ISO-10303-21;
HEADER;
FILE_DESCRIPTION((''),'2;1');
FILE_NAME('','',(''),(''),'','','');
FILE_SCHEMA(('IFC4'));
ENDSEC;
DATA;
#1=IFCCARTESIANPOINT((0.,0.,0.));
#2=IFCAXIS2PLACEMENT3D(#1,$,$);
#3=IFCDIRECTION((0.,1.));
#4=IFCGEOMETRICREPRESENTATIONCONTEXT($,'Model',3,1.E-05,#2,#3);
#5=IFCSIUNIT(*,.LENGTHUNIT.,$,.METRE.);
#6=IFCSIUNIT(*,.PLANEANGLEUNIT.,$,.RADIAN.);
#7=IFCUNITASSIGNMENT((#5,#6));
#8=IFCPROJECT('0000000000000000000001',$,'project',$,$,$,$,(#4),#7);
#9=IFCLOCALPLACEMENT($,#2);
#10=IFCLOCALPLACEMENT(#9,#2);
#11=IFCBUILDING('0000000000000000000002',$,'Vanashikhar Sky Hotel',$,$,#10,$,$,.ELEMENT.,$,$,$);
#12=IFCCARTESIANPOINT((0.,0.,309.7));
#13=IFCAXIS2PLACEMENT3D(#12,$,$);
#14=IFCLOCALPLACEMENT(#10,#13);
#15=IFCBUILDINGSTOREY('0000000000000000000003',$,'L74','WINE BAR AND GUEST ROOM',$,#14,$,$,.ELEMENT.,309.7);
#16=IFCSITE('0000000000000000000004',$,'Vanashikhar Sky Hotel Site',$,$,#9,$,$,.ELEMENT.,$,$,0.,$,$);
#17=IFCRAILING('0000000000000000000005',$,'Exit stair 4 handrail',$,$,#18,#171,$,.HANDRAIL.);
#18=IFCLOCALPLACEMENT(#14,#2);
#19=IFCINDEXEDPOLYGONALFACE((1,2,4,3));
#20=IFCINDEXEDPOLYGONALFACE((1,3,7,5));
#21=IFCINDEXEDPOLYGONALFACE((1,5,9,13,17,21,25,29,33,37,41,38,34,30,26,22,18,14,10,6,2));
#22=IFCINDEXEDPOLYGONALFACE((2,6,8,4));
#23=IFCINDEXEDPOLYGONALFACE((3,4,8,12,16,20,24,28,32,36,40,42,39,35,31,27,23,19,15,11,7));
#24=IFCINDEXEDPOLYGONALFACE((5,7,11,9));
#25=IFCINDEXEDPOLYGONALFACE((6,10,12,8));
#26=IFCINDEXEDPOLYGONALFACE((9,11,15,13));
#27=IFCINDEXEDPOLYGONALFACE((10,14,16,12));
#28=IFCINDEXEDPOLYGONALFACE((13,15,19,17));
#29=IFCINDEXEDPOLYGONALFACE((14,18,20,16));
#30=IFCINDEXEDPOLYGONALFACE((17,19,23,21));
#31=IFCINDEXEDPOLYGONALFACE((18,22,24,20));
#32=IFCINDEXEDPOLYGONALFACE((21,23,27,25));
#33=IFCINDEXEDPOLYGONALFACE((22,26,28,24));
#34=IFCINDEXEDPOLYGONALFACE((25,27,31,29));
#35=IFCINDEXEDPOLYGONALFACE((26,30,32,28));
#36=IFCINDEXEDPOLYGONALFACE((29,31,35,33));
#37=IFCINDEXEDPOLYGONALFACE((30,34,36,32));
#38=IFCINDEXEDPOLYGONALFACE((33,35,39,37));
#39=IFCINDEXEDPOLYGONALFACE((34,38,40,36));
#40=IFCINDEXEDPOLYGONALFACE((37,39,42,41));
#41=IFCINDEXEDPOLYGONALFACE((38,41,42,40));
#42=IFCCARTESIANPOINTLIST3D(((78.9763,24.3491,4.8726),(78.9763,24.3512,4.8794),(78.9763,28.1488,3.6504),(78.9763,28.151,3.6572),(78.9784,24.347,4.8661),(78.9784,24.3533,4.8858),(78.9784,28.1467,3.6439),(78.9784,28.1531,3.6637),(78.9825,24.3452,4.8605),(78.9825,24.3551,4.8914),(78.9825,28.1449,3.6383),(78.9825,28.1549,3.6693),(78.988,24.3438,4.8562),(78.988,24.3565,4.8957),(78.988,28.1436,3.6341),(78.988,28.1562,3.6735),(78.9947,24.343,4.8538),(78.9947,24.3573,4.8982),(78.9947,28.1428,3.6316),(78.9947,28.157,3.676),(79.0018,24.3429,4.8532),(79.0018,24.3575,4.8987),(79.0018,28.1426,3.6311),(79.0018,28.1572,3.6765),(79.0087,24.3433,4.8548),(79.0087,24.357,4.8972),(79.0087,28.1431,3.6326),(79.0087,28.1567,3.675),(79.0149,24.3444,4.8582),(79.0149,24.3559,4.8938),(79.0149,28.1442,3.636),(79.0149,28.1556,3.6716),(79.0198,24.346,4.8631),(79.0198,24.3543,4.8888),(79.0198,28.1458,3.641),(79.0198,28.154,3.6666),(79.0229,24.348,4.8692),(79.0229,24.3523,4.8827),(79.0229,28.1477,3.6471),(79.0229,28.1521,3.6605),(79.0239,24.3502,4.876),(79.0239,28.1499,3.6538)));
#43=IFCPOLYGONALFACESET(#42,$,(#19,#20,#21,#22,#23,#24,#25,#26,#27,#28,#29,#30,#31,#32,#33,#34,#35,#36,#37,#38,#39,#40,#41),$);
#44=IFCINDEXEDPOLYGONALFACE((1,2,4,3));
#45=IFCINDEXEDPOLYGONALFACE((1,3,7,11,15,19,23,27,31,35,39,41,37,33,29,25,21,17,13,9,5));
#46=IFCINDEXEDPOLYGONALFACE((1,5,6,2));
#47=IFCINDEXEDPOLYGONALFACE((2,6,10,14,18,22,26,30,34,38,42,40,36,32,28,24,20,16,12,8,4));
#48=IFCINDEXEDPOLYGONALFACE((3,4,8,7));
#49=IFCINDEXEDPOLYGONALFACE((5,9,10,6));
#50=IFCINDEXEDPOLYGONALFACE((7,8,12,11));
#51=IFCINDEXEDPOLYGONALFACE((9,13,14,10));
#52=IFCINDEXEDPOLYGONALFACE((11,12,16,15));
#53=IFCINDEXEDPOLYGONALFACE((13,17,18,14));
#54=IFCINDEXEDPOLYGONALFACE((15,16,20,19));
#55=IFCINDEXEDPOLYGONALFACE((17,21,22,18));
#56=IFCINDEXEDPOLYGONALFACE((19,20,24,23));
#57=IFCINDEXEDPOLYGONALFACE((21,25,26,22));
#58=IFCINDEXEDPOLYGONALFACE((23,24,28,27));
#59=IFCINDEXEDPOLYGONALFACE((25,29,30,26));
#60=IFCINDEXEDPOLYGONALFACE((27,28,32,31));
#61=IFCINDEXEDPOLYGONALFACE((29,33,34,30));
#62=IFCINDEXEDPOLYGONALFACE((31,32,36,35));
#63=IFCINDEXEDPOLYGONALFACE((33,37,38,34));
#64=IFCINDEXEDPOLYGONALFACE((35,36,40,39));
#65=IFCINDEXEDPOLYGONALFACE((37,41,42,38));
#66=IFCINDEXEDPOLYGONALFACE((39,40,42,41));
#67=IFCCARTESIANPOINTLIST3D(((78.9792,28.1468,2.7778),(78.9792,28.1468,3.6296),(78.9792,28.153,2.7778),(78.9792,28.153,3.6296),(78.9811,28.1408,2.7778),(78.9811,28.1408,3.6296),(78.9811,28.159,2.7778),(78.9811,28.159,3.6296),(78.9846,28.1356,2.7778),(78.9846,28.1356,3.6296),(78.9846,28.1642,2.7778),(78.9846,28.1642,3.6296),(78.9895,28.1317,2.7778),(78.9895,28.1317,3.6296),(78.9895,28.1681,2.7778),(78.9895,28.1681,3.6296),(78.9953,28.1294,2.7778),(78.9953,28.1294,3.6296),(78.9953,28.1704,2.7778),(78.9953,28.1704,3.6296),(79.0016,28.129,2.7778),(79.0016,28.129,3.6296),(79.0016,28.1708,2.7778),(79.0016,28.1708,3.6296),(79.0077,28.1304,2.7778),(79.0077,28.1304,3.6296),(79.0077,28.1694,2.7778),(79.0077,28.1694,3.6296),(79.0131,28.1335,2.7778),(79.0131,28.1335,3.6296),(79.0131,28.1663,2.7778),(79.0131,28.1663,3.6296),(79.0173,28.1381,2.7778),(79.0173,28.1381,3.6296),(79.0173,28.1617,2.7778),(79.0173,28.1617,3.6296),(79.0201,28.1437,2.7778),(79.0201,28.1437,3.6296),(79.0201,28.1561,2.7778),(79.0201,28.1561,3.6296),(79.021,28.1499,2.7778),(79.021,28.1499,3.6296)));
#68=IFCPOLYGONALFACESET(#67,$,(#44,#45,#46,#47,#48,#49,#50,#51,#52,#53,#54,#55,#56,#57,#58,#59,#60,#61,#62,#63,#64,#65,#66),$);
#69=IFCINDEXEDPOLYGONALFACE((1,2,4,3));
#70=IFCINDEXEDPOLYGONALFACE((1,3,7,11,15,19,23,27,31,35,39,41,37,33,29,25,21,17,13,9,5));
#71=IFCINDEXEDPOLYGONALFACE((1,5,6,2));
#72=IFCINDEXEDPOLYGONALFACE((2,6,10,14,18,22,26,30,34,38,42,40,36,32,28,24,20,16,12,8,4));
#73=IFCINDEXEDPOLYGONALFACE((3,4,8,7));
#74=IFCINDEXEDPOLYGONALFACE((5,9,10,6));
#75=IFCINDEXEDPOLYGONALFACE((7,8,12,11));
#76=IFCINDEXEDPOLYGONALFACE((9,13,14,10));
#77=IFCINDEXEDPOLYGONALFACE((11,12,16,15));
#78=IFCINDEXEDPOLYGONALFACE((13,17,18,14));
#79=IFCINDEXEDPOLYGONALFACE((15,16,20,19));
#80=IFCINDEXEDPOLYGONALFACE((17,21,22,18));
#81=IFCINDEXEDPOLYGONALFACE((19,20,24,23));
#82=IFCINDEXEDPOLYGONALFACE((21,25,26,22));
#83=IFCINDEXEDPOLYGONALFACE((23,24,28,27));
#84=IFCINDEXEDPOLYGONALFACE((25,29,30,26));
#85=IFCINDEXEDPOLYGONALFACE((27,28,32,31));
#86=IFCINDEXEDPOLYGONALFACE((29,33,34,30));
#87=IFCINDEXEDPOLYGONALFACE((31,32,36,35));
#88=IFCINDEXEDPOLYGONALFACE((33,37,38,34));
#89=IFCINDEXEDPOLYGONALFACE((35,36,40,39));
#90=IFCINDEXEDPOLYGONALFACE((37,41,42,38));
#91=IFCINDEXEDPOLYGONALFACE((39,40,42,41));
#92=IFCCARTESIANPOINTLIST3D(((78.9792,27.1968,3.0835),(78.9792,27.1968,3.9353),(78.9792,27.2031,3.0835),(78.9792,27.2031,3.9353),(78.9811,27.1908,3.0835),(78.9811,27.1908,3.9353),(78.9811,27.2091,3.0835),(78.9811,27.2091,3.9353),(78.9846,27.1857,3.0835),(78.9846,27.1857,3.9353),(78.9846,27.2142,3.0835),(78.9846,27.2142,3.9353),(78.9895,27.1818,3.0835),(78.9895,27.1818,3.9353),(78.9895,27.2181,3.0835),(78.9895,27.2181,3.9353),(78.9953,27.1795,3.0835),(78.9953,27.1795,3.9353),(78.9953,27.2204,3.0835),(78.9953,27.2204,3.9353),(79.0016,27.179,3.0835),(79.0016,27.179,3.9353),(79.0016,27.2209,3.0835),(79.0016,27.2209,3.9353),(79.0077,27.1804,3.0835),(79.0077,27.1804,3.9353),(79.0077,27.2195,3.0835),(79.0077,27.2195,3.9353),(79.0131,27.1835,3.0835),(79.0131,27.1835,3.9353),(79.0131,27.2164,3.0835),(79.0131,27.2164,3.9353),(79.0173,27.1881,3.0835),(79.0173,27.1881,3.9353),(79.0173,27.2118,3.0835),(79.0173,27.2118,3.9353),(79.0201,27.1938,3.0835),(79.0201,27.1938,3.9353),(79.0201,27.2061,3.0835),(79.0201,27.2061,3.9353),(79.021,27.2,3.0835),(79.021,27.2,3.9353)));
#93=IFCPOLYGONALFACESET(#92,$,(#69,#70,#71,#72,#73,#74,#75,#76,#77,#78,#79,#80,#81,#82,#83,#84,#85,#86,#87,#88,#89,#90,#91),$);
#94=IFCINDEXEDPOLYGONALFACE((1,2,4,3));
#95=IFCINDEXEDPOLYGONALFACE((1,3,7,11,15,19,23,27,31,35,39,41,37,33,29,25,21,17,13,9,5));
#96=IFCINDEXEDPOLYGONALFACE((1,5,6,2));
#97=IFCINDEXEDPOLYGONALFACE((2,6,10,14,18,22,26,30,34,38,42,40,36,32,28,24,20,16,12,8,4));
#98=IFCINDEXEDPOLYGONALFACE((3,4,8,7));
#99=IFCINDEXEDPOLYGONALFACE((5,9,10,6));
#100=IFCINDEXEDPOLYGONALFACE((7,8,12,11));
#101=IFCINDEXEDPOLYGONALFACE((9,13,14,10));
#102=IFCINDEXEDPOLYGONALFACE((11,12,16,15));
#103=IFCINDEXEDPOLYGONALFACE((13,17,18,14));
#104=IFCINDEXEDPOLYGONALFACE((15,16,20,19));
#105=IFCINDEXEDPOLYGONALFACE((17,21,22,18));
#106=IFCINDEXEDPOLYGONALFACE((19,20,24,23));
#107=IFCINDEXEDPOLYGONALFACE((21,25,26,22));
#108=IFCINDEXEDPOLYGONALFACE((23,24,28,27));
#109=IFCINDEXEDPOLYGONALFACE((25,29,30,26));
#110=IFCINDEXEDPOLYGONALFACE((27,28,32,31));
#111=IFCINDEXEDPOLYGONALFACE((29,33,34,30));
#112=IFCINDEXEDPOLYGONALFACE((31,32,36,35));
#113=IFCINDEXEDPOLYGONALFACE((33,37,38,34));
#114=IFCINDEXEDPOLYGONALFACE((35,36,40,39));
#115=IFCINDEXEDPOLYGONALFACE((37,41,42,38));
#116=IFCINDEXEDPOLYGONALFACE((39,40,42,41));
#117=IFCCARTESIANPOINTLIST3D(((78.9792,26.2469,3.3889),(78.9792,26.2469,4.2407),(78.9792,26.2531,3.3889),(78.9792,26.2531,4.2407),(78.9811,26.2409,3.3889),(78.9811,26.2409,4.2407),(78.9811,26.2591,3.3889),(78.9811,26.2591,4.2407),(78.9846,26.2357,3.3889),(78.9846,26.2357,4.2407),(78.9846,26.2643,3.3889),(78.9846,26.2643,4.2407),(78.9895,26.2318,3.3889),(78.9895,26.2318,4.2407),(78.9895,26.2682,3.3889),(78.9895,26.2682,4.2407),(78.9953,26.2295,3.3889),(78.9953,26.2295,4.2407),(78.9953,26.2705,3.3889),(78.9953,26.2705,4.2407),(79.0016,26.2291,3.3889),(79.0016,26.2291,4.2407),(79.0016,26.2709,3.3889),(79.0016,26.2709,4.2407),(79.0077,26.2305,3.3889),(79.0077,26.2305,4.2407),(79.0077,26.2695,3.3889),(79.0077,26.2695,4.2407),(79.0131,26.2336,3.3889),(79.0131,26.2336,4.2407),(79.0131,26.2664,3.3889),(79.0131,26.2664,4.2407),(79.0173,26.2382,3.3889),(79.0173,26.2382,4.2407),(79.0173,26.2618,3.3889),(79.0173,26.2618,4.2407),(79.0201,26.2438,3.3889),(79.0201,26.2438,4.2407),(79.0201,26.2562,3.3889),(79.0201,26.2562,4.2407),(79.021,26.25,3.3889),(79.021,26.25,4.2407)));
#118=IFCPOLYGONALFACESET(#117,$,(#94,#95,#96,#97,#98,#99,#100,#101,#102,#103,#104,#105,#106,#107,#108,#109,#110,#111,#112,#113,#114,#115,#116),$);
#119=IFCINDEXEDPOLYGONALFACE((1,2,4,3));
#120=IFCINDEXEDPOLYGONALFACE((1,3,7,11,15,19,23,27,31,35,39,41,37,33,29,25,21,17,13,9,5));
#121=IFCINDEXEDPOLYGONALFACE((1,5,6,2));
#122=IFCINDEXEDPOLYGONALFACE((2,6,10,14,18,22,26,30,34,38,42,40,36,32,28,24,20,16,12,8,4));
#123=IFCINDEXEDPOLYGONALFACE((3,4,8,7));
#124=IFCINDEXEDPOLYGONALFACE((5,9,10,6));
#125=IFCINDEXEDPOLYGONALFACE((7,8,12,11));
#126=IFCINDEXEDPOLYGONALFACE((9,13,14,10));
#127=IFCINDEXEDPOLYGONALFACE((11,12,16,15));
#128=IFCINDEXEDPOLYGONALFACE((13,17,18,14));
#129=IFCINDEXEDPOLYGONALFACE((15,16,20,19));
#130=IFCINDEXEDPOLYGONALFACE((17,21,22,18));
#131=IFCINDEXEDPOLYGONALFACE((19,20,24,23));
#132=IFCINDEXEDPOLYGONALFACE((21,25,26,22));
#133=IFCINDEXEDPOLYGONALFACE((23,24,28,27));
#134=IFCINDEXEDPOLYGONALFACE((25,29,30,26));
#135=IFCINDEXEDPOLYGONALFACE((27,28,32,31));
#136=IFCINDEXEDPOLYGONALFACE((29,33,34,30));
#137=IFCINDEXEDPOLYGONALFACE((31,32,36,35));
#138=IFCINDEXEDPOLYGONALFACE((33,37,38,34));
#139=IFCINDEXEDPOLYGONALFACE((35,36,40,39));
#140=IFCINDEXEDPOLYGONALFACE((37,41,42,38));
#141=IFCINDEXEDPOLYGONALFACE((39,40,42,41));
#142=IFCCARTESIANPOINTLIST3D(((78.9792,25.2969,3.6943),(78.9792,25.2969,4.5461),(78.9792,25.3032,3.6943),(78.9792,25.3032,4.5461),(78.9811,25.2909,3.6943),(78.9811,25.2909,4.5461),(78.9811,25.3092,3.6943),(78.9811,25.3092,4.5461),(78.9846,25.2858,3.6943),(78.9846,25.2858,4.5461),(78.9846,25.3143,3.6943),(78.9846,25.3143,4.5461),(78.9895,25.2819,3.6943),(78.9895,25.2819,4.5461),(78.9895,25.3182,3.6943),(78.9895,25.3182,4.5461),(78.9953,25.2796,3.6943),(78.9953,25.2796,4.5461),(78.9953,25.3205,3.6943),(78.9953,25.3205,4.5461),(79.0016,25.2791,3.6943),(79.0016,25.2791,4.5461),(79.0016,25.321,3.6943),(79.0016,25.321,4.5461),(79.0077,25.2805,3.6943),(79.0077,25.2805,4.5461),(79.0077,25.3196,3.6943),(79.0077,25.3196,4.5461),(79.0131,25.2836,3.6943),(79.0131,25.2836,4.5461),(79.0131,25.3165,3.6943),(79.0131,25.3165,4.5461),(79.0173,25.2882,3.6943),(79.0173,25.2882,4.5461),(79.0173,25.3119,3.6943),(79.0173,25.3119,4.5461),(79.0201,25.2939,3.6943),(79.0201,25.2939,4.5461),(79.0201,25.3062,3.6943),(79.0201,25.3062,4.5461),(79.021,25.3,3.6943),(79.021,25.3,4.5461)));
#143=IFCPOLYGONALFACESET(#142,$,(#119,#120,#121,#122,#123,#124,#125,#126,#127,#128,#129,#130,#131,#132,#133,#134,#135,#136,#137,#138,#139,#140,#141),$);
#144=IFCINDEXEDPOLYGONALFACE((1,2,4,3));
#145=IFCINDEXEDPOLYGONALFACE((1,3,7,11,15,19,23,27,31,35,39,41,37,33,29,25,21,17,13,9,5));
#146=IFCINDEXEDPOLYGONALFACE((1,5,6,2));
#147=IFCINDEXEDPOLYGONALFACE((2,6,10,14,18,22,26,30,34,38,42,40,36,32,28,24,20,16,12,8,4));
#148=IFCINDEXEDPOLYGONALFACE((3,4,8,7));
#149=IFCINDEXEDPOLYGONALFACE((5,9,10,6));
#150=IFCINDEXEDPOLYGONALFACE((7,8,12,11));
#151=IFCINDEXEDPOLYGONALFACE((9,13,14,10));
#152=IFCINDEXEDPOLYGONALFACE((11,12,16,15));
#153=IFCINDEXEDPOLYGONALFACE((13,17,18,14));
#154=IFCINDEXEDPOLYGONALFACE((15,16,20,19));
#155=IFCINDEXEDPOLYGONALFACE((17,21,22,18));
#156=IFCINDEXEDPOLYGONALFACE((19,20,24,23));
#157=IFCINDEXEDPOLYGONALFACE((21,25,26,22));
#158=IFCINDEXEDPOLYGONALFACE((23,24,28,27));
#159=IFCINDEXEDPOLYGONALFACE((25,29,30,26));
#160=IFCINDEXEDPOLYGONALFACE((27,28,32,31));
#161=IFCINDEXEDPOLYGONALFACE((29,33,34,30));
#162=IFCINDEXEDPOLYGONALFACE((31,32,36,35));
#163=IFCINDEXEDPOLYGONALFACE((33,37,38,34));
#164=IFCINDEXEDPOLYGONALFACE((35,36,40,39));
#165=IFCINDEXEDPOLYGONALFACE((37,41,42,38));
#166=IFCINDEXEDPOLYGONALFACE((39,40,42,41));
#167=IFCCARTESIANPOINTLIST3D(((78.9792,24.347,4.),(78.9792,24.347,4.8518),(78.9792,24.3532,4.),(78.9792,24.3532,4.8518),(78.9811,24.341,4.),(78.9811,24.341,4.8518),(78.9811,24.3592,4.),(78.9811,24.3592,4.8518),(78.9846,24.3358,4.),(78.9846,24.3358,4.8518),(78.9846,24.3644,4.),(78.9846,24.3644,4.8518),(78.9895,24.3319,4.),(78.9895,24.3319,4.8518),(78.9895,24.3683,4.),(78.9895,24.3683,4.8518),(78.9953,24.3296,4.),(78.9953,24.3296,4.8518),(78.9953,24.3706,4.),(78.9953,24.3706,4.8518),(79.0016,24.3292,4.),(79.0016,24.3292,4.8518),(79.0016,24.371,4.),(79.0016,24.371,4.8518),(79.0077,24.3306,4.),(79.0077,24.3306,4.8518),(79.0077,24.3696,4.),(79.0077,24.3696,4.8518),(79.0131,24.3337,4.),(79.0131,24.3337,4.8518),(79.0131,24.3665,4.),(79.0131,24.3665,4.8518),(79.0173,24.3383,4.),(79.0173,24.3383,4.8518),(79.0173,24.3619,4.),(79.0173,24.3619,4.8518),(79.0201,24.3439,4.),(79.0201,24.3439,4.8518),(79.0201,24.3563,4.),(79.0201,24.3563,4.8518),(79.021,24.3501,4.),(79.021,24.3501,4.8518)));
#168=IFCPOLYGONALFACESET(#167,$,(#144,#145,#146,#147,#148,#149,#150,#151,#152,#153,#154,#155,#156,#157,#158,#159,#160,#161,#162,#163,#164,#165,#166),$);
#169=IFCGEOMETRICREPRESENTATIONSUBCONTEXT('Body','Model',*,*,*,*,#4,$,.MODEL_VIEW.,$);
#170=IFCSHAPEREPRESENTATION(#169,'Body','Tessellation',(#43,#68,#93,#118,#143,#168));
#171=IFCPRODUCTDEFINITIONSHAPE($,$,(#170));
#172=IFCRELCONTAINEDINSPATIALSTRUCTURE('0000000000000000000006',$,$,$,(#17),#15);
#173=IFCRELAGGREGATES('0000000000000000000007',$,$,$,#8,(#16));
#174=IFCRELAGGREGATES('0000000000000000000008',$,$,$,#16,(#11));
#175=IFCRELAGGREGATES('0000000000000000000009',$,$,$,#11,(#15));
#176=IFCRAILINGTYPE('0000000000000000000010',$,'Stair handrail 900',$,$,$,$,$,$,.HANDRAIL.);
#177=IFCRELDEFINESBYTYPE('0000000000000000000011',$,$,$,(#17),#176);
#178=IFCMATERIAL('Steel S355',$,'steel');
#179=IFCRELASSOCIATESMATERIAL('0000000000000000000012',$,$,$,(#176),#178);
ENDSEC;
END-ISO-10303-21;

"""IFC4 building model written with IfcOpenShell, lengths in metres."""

from ifc_helpers import new_model, si_unit, direction, frame, origin, origin_2d, place, context, subcontext, project, spatial, circle, extrude, source, transform, mapped, material, type_object, element, save


model = new_model("IFC4")

# Units and contexts
model_context = context("Model", 3, precision=1e-05, world=origin(), true_north=direction((0.0, 1.0)))
body_context = subcontext(model_context, "Body", "Model", "MODEL_VIEW")
ifc_project = project(units=[si_unit("LENGTHUNIT", "METRE"), si_unit("PLANEANGLEUNIT", "RADIAN")], contexts=[model_context])

# Site, building, storey
site_placement = place(None, origin())
site = spatial("IfcSite", under=ifc_project, at=site_placement, Name="Vanashikhar Sky Hotel Site", CompositionType="ELEMENT", RefElevation=0.0)
building_placement = place(site_placement, origin())
building = spatial("IfcBuilding", under=site, at=building_placement, Name="Vanashikhar Sky Hotel", CompositionType="ELEMENT")
storey_placement = place(building_placement, frame((0.0, 0.0, 309.7)))
storey = spatial("IfcBuildingStorey", under=building, at=storey_placement, Name="L74", Description="WINE BAR AND GUEST ROOM", CompositionType="ELEMENT", Elevation=309.7)

# Railing
ifc_material_1 = material(Name="Steel S355", Category="steel")
railing_type = type_object("IfcRailingType", Name="Stair handrail 900", PredefinedType="HANDRAIL", material=ifc_material_1)
shared_shape_1 = source(origin(), body_context, "Body", "SweptSolid", [
    extrude(circle(Radius=0.0239, at=origin_2d()), frame((0.0, 0.0, 0.876), z_axis=(0.0, -0.95197, 0.306191), x_axis=(1.0, 0.0, 0.0)), (0.0, 0.0, 1.0), 3.9915),
    extrude(circle(Radius=0.021, at=origin_2d()), origin(), (0.0, 0.0, 1.0), 0.8518),
    extrude(circle(Radius=0.021, at=origin_2d()), frame((0.0, -0.95, 0.3057)), (0.0, 0.0, 1.0), 0.8518),
    extrude(circle(Radius=0.021, at=origin_2d()), frame((0.0, -1.8999, 0.6111)), (0.0, 0.0, 1.0), 0.8518),
    extrude(circle(Radius=0.021, at=origin_2d()), frame((0.0, -2.8499, 0.9165)), (0.0, 0.0, 1.0), 0.8518),
    extrude(circle(Radius=0.021, at=origin_2d()), frame((0.0, -3.7998, 1.2222)), (0.0, 0.0, 1.0), 0.8518),
])
railing_1_placement = place(storey_placement, frame((79.0, 28.1499, 2.7778)))
element("IfcRailing", 1, at=railing_1_placement, inside=storey, type_object=railing_type, Name="Exit stair 4 handrail", PredefinedType="HANDRAIL", context=body_context, shape_type="MappedRepresentation", body=[
    mapped(shared_shape_1, transform((0.0, 0.0, 0.0), scale=1.0)),
])

save(model, "model.ifc")
